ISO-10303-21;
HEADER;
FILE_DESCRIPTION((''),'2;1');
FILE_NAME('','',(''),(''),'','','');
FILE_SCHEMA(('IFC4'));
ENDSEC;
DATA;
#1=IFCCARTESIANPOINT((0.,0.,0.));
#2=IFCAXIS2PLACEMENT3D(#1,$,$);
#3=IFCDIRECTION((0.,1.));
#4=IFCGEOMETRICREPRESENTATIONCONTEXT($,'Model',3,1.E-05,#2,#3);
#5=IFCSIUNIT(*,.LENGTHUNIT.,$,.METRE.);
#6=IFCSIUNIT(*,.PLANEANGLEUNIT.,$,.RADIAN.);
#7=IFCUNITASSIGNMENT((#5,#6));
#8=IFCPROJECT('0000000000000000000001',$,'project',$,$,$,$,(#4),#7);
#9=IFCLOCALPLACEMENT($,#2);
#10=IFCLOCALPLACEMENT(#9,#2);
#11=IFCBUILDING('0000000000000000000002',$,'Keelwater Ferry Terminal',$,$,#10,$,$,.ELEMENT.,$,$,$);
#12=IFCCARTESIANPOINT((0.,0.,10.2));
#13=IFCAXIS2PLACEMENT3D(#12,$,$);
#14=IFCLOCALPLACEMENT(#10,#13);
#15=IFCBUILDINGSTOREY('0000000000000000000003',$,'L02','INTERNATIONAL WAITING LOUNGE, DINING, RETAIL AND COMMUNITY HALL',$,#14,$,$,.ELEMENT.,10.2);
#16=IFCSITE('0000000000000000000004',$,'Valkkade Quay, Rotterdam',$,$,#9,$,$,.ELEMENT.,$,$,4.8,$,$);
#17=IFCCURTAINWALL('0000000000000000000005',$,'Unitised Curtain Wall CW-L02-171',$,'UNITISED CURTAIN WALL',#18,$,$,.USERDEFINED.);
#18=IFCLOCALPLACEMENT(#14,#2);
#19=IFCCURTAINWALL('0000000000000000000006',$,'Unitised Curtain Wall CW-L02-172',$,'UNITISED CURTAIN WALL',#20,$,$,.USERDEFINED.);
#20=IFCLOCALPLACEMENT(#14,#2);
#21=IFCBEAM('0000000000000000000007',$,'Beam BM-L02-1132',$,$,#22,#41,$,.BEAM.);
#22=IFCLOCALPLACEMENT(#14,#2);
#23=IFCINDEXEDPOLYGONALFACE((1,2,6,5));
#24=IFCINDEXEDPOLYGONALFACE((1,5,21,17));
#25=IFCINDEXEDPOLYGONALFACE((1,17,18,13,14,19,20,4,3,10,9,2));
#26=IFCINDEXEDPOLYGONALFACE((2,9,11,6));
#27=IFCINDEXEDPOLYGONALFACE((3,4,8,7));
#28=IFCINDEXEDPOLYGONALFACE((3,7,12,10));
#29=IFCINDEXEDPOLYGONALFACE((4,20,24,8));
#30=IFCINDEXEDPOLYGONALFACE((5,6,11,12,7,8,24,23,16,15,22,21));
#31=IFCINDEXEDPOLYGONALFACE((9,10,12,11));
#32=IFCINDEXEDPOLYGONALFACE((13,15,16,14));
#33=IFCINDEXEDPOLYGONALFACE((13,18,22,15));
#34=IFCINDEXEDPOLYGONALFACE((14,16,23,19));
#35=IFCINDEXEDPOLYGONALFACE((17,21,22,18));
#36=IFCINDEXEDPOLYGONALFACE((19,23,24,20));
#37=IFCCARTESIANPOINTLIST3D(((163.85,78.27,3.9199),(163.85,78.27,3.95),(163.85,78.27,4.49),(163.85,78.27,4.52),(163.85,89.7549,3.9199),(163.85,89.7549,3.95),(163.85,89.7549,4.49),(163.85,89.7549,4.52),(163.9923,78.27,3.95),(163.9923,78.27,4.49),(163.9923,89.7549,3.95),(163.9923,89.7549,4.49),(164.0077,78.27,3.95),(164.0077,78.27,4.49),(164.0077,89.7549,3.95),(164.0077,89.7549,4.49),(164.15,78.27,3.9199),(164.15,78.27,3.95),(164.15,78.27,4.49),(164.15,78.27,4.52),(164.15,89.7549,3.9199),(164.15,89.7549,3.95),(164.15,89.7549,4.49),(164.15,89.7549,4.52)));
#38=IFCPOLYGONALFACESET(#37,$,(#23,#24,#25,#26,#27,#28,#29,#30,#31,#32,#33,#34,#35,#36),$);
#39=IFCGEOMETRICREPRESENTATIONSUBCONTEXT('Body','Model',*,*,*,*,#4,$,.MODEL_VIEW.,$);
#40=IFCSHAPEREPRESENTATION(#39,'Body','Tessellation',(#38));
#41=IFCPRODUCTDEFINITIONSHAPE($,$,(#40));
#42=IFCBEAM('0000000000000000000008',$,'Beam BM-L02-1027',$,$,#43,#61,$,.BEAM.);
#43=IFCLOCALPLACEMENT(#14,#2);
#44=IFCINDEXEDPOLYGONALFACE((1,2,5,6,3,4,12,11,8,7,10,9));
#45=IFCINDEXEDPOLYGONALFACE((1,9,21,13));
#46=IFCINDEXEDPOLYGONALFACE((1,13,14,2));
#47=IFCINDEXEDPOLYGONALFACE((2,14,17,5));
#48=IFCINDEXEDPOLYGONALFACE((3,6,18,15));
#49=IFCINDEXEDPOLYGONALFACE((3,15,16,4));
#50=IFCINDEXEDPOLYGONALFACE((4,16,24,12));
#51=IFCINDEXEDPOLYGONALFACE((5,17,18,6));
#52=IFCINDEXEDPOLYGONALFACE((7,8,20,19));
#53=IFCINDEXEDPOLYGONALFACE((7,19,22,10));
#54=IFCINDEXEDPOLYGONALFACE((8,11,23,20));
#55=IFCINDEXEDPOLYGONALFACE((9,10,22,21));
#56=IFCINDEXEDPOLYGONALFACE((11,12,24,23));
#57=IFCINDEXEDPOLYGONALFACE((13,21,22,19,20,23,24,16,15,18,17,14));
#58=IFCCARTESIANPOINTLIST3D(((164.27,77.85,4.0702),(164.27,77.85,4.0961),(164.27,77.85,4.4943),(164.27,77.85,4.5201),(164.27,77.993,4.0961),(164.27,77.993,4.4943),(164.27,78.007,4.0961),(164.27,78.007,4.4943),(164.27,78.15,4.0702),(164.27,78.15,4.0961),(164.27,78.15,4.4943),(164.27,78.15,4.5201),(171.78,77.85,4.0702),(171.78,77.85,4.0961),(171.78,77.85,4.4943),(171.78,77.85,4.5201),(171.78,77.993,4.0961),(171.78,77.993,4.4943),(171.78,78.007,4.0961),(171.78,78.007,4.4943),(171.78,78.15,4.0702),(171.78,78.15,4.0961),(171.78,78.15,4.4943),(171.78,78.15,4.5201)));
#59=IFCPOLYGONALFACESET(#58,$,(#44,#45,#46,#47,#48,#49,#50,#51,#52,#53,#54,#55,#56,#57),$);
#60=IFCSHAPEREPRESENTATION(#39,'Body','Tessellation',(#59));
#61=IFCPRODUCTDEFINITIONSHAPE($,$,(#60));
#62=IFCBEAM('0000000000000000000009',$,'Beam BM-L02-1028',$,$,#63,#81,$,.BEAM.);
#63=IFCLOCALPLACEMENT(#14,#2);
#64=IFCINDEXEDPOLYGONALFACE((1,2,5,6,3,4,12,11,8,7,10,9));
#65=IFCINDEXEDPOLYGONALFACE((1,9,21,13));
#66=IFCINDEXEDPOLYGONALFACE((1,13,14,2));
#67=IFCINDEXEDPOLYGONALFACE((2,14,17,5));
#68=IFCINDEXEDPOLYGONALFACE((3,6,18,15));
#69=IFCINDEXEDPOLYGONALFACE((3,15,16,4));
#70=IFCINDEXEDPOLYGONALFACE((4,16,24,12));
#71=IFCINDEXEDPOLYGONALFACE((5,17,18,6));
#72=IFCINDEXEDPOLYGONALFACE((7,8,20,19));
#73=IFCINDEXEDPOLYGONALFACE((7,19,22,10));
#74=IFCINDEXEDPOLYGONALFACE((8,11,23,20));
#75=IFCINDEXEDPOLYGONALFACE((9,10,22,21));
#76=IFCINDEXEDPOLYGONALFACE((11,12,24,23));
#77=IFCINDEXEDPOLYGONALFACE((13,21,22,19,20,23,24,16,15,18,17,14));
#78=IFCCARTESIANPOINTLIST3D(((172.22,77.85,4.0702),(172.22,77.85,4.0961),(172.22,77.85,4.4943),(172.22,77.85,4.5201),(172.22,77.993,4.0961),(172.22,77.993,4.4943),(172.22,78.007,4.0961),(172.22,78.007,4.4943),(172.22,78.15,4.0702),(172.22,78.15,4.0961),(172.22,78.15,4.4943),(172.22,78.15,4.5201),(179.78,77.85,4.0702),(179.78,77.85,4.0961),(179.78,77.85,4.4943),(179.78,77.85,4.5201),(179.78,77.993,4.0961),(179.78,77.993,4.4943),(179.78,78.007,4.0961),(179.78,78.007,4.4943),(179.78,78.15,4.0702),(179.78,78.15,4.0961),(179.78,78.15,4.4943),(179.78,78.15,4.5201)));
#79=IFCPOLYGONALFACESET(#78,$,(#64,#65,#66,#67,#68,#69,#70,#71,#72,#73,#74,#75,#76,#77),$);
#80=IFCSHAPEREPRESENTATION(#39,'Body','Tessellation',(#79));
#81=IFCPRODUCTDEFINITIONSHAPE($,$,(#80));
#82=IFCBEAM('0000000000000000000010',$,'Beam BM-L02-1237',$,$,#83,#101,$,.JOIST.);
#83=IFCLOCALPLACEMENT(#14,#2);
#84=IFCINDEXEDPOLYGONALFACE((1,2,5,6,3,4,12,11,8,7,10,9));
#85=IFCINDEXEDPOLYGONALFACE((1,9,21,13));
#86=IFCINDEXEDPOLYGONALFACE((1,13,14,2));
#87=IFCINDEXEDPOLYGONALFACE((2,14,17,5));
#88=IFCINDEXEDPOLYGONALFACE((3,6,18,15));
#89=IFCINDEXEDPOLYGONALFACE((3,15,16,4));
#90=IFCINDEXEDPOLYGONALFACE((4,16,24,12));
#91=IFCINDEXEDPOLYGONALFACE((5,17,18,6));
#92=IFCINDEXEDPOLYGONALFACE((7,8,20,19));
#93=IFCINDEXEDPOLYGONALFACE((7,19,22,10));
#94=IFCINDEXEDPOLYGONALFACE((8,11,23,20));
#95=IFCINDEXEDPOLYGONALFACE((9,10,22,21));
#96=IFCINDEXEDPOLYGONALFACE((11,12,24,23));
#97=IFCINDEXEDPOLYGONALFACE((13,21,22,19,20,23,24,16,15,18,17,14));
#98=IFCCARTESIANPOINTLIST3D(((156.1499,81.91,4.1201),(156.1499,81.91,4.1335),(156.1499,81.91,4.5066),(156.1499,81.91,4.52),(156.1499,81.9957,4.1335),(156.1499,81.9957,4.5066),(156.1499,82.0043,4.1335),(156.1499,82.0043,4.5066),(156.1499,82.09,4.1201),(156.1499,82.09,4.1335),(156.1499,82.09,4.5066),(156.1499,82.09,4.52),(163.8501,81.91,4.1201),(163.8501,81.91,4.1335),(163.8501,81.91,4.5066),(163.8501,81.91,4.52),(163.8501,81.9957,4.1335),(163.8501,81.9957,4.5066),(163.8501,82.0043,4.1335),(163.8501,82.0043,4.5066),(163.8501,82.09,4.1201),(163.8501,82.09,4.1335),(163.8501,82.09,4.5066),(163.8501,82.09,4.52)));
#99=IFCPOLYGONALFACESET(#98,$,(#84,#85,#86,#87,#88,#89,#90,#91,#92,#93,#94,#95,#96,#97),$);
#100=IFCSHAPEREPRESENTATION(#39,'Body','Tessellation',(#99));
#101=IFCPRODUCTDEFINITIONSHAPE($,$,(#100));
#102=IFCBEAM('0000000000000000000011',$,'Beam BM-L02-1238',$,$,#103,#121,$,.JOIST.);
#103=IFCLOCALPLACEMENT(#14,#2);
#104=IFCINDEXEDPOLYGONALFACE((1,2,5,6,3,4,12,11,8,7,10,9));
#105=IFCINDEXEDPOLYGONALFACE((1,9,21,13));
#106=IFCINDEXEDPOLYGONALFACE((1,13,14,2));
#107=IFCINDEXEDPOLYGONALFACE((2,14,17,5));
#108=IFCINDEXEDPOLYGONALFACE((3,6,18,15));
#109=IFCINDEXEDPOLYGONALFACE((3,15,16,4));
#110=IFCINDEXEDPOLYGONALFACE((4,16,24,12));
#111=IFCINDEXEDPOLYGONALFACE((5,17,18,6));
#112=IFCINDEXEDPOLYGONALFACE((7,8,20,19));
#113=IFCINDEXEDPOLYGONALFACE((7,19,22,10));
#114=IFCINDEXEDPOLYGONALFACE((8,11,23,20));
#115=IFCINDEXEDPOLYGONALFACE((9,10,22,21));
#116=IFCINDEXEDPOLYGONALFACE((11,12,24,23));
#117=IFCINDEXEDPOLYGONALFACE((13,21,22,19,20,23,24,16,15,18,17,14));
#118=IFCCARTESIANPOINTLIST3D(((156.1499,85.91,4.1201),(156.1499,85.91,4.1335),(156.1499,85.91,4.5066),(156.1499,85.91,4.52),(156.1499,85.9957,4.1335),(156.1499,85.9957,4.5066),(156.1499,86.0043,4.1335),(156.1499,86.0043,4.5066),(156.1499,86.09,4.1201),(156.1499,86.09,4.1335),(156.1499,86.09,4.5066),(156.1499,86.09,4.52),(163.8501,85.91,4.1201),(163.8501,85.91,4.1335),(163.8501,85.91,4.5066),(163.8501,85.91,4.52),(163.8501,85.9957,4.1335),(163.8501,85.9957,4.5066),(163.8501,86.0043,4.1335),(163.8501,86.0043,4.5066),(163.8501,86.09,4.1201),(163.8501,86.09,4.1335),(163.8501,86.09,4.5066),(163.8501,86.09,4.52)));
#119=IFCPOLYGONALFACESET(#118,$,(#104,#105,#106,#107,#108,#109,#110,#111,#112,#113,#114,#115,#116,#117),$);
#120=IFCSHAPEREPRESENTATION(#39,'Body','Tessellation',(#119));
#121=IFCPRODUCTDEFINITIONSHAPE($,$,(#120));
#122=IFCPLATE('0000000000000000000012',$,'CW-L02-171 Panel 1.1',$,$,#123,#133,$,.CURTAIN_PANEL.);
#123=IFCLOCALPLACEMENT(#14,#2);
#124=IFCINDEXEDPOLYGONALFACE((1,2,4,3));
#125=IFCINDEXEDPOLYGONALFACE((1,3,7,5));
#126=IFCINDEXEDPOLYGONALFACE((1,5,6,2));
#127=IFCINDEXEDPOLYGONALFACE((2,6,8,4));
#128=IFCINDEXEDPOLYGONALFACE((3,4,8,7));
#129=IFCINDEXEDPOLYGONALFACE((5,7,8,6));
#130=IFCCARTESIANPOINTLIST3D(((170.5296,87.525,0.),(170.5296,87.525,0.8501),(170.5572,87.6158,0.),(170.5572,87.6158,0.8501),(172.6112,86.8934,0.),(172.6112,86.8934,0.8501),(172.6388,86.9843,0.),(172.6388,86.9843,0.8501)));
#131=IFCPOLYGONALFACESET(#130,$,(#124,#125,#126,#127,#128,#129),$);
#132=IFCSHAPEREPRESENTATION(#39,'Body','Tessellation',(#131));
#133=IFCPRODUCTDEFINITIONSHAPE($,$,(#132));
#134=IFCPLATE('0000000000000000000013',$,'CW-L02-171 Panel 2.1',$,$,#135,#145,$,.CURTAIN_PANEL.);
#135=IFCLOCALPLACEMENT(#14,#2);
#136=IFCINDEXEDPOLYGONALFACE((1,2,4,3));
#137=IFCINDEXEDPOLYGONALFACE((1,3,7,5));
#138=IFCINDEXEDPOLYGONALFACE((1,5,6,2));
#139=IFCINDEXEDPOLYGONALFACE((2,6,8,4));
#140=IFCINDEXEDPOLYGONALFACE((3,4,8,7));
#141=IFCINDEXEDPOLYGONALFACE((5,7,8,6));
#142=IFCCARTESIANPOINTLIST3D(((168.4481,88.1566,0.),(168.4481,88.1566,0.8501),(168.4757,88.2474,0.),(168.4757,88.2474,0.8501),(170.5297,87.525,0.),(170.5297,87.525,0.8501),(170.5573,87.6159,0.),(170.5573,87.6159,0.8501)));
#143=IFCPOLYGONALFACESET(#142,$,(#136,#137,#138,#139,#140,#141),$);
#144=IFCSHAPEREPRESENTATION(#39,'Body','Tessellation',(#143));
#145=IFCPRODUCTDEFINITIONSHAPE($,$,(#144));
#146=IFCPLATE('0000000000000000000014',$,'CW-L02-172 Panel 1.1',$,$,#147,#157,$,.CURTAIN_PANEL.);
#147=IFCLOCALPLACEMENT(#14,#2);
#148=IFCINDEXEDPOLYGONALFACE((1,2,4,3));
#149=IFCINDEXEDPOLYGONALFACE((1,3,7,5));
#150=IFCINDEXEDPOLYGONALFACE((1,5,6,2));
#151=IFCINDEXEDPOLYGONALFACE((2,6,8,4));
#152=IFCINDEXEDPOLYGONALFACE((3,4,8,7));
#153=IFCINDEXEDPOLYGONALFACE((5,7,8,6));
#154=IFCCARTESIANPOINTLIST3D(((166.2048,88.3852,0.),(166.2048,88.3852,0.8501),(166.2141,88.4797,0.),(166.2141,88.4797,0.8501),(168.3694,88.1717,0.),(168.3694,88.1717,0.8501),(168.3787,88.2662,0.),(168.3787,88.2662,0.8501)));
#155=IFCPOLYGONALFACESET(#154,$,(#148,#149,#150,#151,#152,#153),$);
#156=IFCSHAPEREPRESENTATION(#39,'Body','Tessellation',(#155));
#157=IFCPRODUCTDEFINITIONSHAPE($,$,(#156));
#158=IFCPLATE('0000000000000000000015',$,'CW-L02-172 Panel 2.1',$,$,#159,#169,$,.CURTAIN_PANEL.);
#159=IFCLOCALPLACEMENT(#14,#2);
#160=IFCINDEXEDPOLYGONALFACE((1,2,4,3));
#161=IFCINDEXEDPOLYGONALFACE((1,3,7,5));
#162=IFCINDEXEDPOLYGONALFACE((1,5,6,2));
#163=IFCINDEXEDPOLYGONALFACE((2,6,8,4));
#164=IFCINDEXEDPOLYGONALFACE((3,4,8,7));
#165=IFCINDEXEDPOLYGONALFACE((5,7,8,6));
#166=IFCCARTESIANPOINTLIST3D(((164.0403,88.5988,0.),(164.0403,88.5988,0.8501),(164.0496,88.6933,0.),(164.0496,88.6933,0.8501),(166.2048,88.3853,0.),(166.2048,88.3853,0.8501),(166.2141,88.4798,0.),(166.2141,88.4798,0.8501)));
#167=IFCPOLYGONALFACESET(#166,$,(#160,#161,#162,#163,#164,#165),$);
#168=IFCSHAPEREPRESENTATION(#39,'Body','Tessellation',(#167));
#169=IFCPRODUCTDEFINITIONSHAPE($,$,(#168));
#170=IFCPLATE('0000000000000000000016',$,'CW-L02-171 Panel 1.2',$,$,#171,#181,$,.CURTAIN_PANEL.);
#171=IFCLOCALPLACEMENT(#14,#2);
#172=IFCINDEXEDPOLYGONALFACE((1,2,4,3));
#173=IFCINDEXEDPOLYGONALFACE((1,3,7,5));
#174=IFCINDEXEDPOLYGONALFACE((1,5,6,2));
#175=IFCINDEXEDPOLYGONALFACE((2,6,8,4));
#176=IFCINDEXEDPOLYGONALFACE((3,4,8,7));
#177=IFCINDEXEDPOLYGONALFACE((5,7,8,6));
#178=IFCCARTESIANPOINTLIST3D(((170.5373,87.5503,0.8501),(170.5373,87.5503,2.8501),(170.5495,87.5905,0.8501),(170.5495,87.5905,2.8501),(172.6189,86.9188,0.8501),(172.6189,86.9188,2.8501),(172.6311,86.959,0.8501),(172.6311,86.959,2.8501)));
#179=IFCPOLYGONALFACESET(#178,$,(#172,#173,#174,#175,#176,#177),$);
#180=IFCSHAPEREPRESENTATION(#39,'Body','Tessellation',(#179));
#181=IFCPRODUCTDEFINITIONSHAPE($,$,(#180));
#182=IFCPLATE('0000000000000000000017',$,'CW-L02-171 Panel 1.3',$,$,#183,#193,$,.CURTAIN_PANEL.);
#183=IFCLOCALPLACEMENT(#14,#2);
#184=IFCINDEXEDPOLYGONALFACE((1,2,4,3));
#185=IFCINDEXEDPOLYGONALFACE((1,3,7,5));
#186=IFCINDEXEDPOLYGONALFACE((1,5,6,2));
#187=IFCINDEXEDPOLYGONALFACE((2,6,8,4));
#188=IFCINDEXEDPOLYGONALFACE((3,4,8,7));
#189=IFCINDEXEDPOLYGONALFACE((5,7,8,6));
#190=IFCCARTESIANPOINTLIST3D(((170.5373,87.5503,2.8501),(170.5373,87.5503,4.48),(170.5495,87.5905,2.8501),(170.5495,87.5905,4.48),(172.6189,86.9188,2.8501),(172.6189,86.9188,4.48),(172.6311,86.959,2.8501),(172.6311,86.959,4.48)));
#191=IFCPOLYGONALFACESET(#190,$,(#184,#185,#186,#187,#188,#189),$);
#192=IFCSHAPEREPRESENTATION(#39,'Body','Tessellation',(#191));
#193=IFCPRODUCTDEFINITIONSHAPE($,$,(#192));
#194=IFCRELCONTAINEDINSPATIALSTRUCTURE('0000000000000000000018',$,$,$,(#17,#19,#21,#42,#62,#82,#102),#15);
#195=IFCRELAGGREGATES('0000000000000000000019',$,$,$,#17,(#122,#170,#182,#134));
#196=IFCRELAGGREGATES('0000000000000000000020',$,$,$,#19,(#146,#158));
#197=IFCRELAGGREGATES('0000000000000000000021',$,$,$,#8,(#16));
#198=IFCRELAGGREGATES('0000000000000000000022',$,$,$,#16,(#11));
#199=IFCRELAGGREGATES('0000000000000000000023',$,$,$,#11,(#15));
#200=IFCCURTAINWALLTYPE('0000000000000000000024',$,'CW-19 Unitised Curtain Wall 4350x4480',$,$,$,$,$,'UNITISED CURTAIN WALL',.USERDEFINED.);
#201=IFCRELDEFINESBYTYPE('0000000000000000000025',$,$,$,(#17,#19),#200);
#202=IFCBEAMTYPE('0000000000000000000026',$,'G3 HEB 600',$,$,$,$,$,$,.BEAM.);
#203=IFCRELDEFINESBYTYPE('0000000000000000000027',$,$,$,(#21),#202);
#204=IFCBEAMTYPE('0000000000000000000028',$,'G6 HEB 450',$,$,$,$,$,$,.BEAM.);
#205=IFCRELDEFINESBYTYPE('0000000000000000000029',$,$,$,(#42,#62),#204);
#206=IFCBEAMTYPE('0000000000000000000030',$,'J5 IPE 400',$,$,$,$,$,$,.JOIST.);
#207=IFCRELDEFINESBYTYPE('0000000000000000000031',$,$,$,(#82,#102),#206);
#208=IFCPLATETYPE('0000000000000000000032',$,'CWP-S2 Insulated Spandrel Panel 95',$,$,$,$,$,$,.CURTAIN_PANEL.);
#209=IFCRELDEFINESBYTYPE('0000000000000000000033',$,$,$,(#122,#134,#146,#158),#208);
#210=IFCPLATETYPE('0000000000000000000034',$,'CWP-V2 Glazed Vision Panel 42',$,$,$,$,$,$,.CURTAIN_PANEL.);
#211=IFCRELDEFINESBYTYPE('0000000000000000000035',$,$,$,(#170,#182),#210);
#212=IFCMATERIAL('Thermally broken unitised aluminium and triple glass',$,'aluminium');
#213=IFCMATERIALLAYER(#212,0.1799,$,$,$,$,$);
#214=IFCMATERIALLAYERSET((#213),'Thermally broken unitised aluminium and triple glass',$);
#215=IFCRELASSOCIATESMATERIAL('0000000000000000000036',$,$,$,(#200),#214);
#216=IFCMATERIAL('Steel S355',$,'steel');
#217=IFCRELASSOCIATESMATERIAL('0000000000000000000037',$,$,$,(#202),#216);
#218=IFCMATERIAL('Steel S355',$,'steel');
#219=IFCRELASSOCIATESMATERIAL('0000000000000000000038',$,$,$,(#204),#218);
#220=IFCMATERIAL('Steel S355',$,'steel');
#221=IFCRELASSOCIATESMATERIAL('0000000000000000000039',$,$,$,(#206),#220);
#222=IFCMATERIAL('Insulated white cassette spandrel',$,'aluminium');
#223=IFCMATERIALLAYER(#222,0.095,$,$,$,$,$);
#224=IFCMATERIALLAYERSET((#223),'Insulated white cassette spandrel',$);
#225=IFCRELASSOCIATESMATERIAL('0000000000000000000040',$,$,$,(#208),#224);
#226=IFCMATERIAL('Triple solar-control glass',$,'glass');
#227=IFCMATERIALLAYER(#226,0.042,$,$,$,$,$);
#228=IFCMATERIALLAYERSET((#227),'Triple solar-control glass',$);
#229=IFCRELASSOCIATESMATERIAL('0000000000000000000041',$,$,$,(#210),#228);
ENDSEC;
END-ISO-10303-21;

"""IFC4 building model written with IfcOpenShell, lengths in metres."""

from ifc_helpers import new_model, si_unit, direction, frame, origin, origin_2d, place, context, subcontext, project, spatial, rectangle, i_section, extrude, material, layer, layer_set, material_profile, profile_set, type_object, element, aggregate, save


model = new_model("IFC4")

# Units and contexts
model_context = context("Model", 3, precision=1e-05, world=origin(), true_north=direction((0.0, 1.0)))
body_context = subcontext(model_context, "Body", "Model", "MODEL_VIEW")
ifc_project = project(units=[si_unit("LENGTHUNIT", "METRE"), si_unit("PLANEANGLEUNIT", "RADIAN")], contexts=[model_context])

# Site, building, storey
site_placement = place(None, origin())
site = spatial("IfcSite", under=ifc_project, at=site_placement, Name="Valkkade Quay, Rotterdam", CompositionType="ELEMENT", RefElevation=4.8)
building_placement = place(site_placement, origin())
building = spatial("IfcBuilding", under=site, at=building_placement, Name="Keelwater Ferry Terminal", CompositionType="ELEMENT")
storey_placement = place(building_placement, frame((0.0, 0.0, 10.2)))
storey = spatial("IfcBuildingStorey", under=building, at=storey_placement, Name="L02", Description="INTERNATIONAL WAITING LOUNGE, DINING, RETAIL AND COMMUNITY HALL", CompositionType="ELEMENT", Elevation=10.2)

# Curtain walls
ifc_material_1 = material(Name="Thermally broken unitised aluminium and triple glass", Category="aluminium")
ifc_layer_1 = layer(ifc_material_1, 0.1799)
ifc_layer_set_1 = layer_set([ifc_layer_1], Name="Thermally broken unitised aluminium and triple glass")
curtain_wall_type = type_object("IfcCurtainWallType", Name="CW-19 Unitised Curtain Wall 4350x4480", ElementType="UNITISED CURTAIN WALL", PredefinedType="USERDEFINED", material=ifc_layer_set_1)
curtain_wall_1_placement = place(storey_placement, origin())
curtain_wall_1 = element("IfcCurtainWall", 1, at=curtain_wall_1_placement, inside=storey, type_object=curtain_wall_type, Name="Unitised Curtain Wall CW-L02-171", ObjectType="UNITISED CURTAIN WALL", PredefinedType="USERDEFINED")
curtain_wall_2_placement = place(storey_placement, origin())
curtain_wall_2 = element("IfcCurtainWall", 2, at=curtain_wall_2_placement, inside=storey, type_object=curtain_wall_type, Name="Unitised Curtain Wall CW-L02-172", ObjectType="UNITISED CURTAIN WALL", PredefinedType="USERDEFINED")

# Beams
ifc_material_2 = material(Name="Steel S355", Category="steel")
ifc_material_profile_1 = material_profile(ifc_material_2, i_section(OverallWidth=0.3, OverallDepth=0.6001, WebThickness=0.0154, FlangeThickness=0.03, at=origin_2d()), Name="HEB 600")
ifc_profile_set_1 = profile_set([ifc_material_profile_1], Name="Steel S355")
beam_type_1 = type_object("IfcBeamType", Name="G3 HEB 600", PredefinedType="BEAM", material=ifc_profile_set_1)
for number, where, z_axis, x_axis, name in (
    (3, (164.0, 78.27, 4.22), (0.0, 1.0, 0.0), (-1.0, 0.0, 0.0), "Beam BM-L02-1132"),
):
    element("IfcBeam", number, at=place(storey_placement, frame(where, z_axis=z_axis, x_axis=x_axis)), inside=storey, type_object=beam_type_1, Name=name, PredefinedType="BEAM", context=body_context, shape_type="SweptSolid", body=[
        extrude(i_section(OverallWidth=0.3, OverallDepth=0.6001, WebThickness=0.0154, FlangeThickness=0.03, at=origin_2d()), origin(), (0.0, 0.0, 1.0), 11.4849),
    ])
ifc_material_3 = material(Name="Steel S355", Category="steel")
ifc_material_profile_2 = material_profile(ifc_material_3, i_section(OverallWidth=0.3, OverallDepth=0.45, WebThickness=0.0139, FlangeThickness=0.0259, at=origin_2d()), Name="HEB 450")
ifc_profile_set_2 = profile_set([ifc_material_profile_2], Name="Steel S355")
beam_type_2 = type_object("IfcBeamType", Name="G6 HEB 450", PredefinedType="BEAM", material=ifc_profile_set_2)
beam_1_placement = place(storey_placement, frame((164.27, 78.0, 4.2952), z_axis=(1.0, 0.0, 0.0), x_axis=(0.0, 1.0, 0.0)))
element("IfcBeam", 4, at=beam_1_placement, inside=storey, type_object=beam_type_2, Name="Beam BM-L02-1027", PredefinedType="BEAM", context=body_context, shape_type="SweptSolid", body=[
    extrude(i_section(OverallWidth=0.3, OverallDepth=0.45, WebThickness=0.0139, FlangeThickness=0.0259, at=origin_2d()), origin(), (0.0, 0.0, 1.0), 7.51),
])
beam_2_placement = place(storey_placement, frame((172.22, 78.0, 4.2952), z_axis=(1.0, 0.0, 0.0), x_axis=(0.0, 1.0, 0.0)))
element("IfcBeam", 5, at=beam_2_placement, inside=storey, type_object=beam_type_2, Name="Beam BM-L02-1028", PredefinedType="BEAM", context=body_context, shape_type="SweptSolid", body=[
    extrude(i_section(OverallWidth=0.3, OverallDepth=0.45, WebThickness=0.0139, FlangeThickness=0.0259, at=origin_2d()), origin(), (0.0, 0.0, 1.0), 7.5601),
])
ifc_material_4 = material(Name="Steel S355", Category="steel")
ifc_material_profile_3 = material_profile(ifc_material_4, i_section(OverallWidth=0.1799, OverallDepth=0.3999, WebThickness=0.0085, FlangeThickness=0.0134, at=origin_2d()), Name="IPE 400")
ifc_profile_set_3 = profile_set([ifc_material_profile_3], Name="Steel S355")
beam_type_3 = type_object("IfcBeamType", Name="J5 IPE 400", PredefinedType="JOIST", material=ifc_profile_set_3)
for number, where, z_axis, x_axis, name in (
    (6, (156.1499, 82.0, 4.3201), (1.0, 0.0, 0.0), (0.0, 1.0, 0.0), "Beam BM-L02-1237"),
    (7, (156.1499, 86.0, 4.3201), (1.0, 0.0, 0.0), (0.0, 1.0, 0.0), "Beam BM-L02-1238"),
):
    element("IfcBeam", number, at=place(storey_placement, frame(where, z_axis=z_axis, x_axis=x_axis)), inside=storey, type_object=beam_type_3, Name=name, PredefinedType="JOIST", context=body_context, shape_type="SweptSolid", body=[
        extrude(i_section(OverallWidth=0.1799, OverallDepth=0.3999, WebThickness=0.0085, FlangeThickness=0.0134, at=origin_2d()), origin(), (0.0, 0.0, 1.0), 7.7002),
    ])

# Plates
ifc_material_5 = material(Name="Insulated white cassette spandrel", Category="aluminium")
ifc_layer_2 = layer(ifc_material_5, 0.095)
ifc_layer_set_2 = layer_set([ifc_layer_2], Name="Insulated white cassette spandrel")
plate_type_1 = type_object("IfcPlateType", Name="CWP-S2 Insulated Spandrel Panel 95", PredefinedType="CURTAIN_PANEL", material=ifc_layer_set_2)
plate_1_placement = place(storey_placement, frame((171.5842, 87.2546, 0.0), z_axis=(0.0, 0.0, 1.0), x_axis=(-0.95693, 0.29032, 0.0)))
plate_1 = element("IfcPlate", 8, at=plate_1_placement, type_object=plate_type_1, Name="CW-L02-171 Panel 1.1", PredefinedType="CURTAIN_PANEL", context=body_context, shape_type="SweptSolid", body=[
    extrude(rectangle(XDim=2.1753, YDim=0.095, at=origin_2d()), origin(), (0.0, 0.0, 1.0), 0.8501),
])
plate_2_placement = place(storey_placement, frame((169.5027, 87.8862, 0.0), z_axis=(0.0, 0.0, 1.0), x_axis=(-0.95693, 0.29032, 0.0)))
plate_2 = element("IfcPlate", 9, at=plate_2_placement, type_object=plate_type_1, Name="CW-L02-171 Panel 2.1", PredefinedType="CURTAIN_PANEL", context=body_context, shape_type="SweptSolid", body=[
    extrude(rectangle(XDim=2.1753, YDim=0.095, at=origin_2d()), origin(), (0.0, 0.0, 1.0), 0.8501),
])
plate_3_placement = place(storey_placement, frame((167.2917, 88.3257, 0.0), z_axis=(0.0, 0.0, 1.0), x_axis=(-0.995171, 0.098161, 0.0)))
plate_3 = element("IfcPlate", 10, at=plate_3_placement, type_object=plate_type_1, Name="CW-L02-172 Panel 1.1", PredefinedType="CURTAIN_PANEL", context=body_context, shape_type="SweptSolid", body=[
    extrude(rectangle(XDim=2.175, YDim=0.095, at=origin_2d()), origin(), (0.0, 0.0, 1.0), 0.8501),
])
plate_4_placement = place(storey_placement, frame((165.1272, 88.5393, 0.0), z_axis=(0.0, 0.0, 1.0), x_axis=(-0.995171, 0.098161, 0.0)))
plate_4 = element("IfcPlate", 11, at=plate_4_placement, type_object=plate_type_1, Name="CW-L02-172 Panel 2.1", PredefinedType="CURTAIN_PANEL", context=body_context, shape_type="SweptSolid", body=[
    extrude(rectangle(XDim=2.175, YDim=0.095, at=origin_2d()), origin(), (0.0, 0.0, 1.0), 0.8501),
])
ifc_material_6 = material(Name="Triple solar-control glass", Category="glass")
ifc_layer_3 = layer(ifc_material_6, 0.042)
ifc_layer_set_3 = layer_set([ifc_layer_3], Name="Triple solar-control glass")
plate_type_2 = type_object("IfcPlateType", Name="CWP-V2 Glazed Vision Panel 42", PredefinedType="CURTAIN_PANEL", material=ifc_layer_set_3)
plate_5_placement = place(storey_placement, frame((171.5842, 87.2546, 0.8501), z_axis=(0.0, 0.0, 1.0), x_axis=(-0.95693, 0.29032, 0.0)))
plate_5 = element("IfcPlate", 12, at=plate_5_placement, type_object=plate_type_2, Name="CW-L02-171 Panel 1.2", PredefinedType="CURTAIN_PANEL", context=body_context, shape_type="SweptSolid", body=[
    extrude(rectangle(XDim=2.1753, YDim=0.042, at=origin_2d()), origin(), (0.0, 0.0, 1.0), 2.0),
])
plate_6_placement = place(storey_placement, frame((171.5842, 87.2546, 2.8501), z_axis=(0.0, 0.0, 1.0), x_axis=(-0.95693, 0.29032, 0.0)))
plate_6 = element("IfcPlate", 13, at=plate_6_placement, type_object=plate_type_2, Name="CW-L02-171 Panel 1.3", PredefinedType="CURTAIN_PANEL", context=body_context, shape_type="SweptSolid", body=[
    extrude(rectangle(XDim=2.1753, YDim=0.042, at=origin_2d()), origin(), (0.0, 0.0, 1.0), 1.6299),
])
aggregate(curtain_wall_1, [plate_1, plate_5, plate_6, plate_2])
aggregate(curtain_wall_2, [plate_3, plate_4])

save(model, "model.ifc")
